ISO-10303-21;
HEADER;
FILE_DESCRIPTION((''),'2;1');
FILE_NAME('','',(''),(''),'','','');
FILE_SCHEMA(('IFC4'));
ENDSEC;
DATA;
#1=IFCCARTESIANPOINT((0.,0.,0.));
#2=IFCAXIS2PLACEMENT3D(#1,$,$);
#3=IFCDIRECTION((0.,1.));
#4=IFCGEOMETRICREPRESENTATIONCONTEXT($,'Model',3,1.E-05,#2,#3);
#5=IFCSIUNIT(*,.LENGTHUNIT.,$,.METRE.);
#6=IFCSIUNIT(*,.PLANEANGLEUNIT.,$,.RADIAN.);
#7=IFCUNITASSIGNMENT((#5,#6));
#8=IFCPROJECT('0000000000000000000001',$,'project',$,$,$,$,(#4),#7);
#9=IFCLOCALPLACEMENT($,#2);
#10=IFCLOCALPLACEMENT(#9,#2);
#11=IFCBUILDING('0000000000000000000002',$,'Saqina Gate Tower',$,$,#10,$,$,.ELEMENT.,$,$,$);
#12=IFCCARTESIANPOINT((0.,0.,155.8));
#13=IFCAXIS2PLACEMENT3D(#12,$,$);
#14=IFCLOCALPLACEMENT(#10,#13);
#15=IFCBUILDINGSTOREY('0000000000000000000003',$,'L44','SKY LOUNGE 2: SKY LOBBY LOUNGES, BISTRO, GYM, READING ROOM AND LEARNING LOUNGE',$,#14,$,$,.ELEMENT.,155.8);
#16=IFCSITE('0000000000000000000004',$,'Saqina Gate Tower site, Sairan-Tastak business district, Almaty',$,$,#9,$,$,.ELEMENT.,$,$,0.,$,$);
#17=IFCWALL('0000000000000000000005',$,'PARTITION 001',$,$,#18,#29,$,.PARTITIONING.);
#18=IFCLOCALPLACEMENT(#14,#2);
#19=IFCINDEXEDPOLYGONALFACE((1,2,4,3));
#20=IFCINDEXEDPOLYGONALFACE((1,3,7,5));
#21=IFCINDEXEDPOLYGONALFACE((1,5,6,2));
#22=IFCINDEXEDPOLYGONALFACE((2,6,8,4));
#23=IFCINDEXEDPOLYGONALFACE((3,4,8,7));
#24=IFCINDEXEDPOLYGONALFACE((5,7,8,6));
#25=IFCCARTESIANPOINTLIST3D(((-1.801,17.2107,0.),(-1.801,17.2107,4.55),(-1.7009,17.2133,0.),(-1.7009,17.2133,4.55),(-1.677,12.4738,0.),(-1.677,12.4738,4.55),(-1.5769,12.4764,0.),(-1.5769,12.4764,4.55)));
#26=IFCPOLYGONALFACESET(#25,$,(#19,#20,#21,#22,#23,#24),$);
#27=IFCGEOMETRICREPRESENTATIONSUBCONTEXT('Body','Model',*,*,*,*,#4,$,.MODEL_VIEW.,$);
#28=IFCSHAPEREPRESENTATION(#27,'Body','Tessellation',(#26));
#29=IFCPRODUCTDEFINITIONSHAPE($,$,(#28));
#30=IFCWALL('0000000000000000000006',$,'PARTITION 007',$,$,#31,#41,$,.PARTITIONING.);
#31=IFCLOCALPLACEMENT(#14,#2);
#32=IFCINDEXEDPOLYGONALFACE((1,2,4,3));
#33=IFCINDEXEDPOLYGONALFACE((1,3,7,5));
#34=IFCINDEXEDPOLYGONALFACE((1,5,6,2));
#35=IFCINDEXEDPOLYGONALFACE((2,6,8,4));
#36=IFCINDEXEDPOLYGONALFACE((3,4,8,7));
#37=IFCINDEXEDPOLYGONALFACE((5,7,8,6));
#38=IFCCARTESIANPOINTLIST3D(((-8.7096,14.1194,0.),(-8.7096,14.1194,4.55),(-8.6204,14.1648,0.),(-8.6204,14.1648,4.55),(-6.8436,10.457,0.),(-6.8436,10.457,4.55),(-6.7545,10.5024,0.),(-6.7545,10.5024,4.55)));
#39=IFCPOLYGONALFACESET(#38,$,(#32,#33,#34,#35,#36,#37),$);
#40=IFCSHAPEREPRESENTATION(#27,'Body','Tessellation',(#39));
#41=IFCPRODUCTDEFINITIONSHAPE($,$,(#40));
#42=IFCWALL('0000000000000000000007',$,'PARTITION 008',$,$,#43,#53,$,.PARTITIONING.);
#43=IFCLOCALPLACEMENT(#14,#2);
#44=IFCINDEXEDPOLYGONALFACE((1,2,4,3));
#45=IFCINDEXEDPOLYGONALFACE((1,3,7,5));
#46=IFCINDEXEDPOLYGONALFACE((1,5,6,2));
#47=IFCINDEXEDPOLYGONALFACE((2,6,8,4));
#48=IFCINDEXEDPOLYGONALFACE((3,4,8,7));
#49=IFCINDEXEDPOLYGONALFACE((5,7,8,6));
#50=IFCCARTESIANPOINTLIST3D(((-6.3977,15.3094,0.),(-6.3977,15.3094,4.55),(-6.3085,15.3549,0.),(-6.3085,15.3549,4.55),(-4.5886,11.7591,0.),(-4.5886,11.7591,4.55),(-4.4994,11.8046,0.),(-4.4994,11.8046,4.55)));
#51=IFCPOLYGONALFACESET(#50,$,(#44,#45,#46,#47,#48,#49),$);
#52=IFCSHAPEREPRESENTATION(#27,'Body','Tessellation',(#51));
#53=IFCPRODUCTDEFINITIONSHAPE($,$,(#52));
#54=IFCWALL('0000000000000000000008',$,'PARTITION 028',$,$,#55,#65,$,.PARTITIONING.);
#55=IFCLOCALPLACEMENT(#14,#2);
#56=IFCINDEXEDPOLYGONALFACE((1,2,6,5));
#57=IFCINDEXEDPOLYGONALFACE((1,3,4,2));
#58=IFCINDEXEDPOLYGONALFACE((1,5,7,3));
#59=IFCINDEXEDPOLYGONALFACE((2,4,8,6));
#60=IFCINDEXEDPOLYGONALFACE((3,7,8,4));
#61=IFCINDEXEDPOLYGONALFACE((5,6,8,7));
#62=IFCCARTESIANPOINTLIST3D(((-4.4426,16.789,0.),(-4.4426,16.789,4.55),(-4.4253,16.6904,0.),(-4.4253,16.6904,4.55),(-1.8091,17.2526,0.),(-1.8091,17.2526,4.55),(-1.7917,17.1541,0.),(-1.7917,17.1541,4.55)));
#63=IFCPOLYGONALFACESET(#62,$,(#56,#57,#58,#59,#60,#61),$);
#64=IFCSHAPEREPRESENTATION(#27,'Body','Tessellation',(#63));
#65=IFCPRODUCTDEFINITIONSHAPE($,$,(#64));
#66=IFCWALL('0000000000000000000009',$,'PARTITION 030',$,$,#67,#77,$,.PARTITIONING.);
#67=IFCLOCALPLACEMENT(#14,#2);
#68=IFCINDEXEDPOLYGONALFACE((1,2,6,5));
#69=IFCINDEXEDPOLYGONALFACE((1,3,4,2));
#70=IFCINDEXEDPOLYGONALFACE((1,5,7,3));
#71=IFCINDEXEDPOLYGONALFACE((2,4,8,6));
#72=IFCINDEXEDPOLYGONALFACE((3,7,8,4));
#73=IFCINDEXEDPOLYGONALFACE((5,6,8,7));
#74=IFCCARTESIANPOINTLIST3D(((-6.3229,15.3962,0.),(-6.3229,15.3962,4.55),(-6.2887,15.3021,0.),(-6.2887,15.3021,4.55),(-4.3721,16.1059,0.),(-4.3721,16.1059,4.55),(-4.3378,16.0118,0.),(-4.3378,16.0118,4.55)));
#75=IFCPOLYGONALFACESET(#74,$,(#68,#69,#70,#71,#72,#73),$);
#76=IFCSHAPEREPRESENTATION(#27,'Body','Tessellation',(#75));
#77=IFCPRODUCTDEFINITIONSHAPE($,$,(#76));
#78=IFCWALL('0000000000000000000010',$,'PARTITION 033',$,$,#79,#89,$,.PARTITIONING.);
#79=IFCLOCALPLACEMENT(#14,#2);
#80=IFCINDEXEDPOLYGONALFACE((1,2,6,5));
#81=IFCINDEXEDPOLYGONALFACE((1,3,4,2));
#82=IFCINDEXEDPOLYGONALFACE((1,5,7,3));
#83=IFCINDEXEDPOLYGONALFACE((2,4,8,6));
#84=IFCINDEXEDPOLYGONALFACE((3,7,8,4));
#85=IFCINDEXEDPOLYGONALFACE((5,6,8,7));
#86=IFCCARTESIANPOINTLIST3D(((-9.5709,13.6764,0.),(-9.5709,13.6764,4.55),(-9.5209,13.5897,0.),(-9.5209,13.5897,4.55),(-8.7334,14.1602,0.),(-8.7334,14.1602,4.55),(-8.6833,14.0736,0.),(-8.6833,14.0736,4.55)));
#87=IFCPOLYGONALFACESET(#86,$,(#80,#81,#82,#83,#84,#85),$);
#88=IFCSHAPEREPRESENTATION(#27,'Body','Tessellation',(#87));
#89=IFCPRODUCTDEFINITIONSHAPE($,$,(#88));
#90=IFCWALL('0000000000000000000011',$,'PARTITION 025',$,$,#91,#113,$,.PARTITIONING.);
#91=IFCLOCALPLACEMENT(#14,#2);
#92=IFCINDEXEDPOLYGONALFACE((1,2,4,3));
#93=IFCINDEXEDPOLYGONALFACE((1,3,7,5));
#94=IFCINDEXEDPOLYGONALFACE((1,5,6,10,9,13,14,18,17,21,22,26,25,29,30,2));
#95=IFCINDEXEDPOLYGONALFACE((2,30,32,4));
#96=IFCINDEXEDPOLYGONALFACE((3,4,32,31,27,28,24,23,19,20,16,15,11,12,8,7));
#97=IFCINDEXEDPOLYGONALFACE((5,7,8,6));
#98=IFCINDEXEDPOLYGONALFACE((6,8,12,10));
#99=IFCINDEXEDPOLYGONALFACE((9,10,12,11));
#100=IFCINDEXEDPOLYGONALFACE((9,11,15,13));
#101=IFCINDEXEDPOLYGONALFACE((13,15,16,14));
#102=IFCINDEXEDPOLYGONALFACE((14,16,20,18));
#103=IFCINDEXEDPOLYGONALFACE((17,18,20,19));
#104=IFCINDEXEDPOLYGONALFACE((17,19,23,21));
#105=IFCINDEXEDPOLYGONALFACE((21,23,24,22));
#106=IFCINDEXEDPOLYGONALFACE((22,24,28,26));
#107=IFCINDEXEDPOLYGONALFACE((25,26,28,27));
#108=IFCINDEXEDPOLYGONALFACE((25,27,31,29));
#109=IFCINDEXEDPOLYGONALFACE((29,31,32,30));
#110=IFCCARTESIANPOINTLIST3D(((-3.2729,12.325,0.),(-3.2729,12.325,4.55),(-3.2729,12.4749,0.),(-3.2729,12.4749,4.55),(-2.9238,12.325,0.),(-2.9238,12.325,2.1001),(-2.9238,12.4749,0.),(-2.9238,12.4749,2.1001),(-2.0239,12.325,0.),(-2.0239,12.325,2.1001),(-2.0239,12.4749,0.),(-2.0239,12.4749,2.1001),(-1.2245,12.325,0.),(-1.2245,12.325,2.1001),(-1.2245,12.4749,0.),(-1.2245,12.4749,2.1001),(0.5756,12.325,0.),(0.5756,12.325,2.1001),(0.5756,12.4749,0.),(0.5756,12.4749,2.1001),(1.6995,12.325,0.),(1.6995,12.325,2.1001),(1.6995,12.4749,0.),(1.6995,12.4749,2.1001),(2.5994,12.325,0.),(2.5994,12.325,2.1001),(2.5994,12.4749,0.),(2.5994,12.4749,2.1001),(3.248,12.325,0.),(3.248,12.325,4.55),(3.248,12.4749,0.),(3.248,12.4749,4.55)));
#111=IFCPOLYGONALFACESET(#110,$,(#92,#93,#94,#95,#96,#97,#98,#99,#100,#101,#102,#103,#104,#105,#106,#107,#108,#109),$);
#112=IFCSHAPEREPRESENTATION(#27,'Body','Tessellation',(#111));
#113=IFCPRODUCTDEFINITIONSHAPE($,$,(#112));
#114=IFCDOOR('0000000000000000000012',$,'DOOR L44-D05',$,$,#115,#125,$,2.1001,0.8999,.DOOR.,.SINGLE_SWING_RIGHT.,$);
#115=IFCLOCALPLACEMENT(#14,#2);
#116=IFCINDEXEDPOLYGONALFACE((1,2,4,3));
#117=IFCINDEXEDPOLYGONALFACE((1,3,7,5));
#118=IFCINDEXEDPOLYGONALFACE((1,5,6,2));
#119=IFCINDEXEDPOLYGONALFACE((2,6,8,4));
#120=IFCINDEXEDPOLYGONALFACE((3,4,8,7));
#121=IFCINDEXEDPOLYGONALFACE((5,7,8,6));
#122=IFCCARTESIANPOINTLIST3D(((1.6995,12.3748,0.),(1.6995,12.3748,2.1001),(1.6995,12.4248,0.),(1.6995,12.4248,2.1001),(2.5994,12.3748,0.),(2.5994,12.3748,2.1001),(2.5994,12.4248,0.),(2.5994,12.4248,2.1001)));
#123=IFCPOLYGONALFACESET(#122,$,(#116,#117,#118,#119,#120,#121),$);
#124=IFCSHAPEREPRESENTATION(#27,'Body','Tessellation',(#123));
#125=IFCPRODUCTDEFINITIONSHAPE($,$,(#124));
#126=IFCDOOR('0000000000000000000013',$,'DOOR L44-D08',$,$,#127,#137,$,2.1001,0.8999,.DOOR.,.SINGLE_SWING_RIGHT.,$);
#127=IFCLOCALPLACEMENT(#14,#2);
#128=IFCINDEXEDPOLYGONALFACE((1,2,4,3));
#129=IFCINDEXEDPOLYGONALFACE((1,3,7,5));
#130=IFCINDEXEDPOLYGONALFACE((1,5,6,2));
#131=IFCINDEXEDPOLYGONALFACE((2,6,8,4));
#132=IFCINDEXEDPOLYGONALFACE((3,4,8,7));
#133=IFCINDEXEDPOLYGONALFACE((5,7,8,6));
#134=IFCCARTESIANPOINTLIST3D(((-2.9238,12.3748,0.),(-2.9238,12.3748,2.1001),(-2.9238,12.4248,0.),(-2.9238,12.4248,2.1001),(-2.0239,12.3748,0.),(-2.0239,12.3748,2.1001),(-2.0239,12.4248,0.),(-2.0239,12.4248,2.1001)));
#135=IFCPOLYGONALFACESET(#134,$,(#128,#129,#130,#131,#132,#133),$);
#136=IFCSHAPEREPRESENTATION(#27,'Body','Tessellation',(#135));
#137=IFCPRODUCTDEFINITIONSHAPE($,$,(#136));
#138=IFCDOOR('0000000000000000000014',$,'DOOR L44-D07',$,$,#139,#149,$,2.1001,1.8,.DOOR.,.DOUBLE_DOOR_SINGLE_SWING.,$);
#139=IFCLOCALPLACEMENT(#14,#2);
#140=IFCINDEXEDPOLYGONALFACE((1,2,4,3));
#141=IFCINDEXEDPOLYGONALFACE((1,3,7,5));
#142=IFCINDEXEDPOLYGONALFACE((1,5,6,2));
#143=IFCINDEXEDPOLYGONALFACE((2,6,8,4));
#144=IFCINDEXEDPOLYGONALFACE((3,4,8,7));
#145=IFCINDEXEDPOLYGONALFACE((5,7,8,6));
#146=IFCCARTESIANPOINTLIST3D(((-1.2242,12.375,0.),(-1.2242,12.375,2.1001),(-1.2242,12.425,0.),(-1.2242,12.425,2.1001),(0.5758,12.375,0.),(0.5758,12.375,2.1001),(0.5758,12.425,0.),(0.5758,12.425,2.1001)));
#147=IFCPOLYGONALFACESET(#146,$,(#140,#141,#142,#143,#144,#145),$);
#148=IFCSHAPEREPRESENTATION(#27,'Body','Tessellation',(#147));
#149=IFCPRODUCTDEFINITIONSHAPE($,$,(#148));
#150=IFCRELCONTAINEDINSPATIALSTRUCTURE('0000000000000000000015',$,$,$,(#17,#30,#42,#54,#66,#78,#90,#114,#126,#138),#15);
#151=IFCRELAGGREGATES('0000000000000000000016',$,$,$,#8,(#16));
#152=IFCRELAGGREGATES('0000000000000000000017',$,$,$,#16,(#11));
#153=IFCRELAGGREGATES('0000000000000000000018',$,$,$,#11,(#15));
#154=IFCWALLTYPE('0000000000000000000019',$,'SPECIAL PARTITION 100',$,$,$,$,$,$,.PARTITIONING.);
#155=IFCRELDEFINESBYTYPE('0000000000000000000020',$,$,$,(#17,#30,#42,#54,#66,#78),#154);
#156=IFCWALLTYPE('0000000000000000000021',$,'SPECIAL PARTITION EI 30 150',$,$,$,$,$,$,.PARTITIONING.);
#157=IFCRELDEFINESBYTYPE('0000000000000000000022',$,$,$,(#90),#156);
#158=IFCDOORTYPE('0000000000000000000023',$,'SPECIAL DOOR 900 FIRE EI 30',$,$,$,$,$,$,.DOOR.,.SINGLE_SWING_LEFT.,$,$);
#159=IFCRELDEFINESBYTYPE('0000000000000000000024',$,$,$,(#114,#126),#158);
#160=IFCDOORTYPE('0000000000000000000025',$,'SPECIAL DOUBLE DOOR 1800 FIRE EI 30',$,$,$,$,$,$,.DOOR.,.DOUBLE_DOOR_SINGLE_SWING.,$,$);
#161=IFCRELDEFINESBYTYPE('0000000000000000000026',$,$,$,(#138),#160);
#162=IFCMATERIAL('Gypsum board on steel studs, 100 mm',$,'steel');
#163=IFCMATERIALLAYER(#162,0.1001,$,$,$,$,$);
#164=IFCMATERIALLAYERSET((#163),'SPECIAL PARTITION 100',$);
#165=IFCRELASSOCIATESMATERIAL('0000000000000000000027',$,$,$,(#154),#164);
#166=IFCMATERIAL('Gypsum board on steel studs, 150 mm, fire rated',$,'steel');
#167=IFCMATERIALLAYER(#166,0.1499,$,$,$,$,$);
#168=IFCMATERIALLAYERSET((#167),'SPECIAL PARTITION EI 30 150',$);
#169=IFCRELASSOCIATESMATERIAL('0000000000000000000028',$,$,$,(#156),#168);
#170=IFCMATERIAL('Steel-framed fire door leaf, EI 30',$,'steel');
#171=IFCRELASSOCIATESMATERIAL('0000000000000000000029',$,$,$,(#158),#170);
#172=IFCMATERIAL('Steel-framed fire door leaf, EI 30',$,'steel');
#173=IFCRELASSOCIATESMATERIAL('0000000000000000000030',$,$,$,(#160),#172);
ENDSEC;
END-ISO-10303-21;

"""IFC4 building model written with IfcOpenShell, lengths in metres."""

from ifc_helpers import new_model, si_unit, direction, frame, frame_2d, origin, place, context, subcontext, project, spatial, rectangle, extrude, material, layer, layer_set, type_object, element, fill, save


model = new_model("IFC4")

# Units and contexts
model_context = context("Model", 3, precision=1e-05, world=origin(), true_north=direction((0.0, 1.0)))
body_context = subcontext(model_context, "Body", "Model", "MODEL_VIEW")
ifc_project = project(units=[si_unit("LENGTHUNIT", "METRE"), si_unit("PLANEANGLEUNIT", "RADIAN")], contexts=[model_context])

# Site, building, storey
site_placement = place(None, origin())
site = spatial("IfcSite", under=ifc_project, at=site_placement, Name="Saqina Gate Tower site, Sairan-Tastak business district, Almaty", CompositionType="ELEMENT", RefElevation=0.0)
building_placement = place(site_placement, origin())
building = spatial("IfcBuilding", under=site, at=building_placement, Name="Saqina Gate Tower", CompositionType="ELEMENT")
storey_placement = place(building_placement, frame((0.0, 0.0, 155.8)))
storey = spatial("IfcBuildingStorey", under=building, at=storey_placement, Name="L44", Description="SKY LOUNGE 2: SKY LOBBY LOUNGES, BISTRO, GYM, READING ROOM AND LEARNING LOUNGE", CompositionType="ELEMENT", Elevation=155.8)

# Walls
ifc_material_1 = material(Name="Gypsum board on steel studs, 100 mm", Category="steel")
ifc_layer_1 = layer(ifc_material_1, 0.1001)
ifc_layer_set_1 = layer_set([ifc_layer_1], Name="SPECIAL PARTITION 100")
wall_type_1 = type_object("IfcWallType", Name="SPECIAL PARTITION 100", PredefinedType="PARTITIONING", material=ifc_layer_set_1)
wall_1_placement = place(storey_placement, frame((-1.751, 17.2119, 0.0), z_axis=(0.0, 0.0, 1.0), x_axis=(0.026174, -0.999657, 0.0)))
element("IfcWall", 1, at=wall_1_placement, inside=storey, type_object=wall_type_1, Name="PARTITION 001", PredefinedType="PARTITIONING", context=body_context, shape_type="SweptSolid", body=[
    extrude(rectangle(XDim=4.7385, YDim=0.1001, at=frame_2d((2.3691, 0.0))), origin(), (0.0, 0.0, 1.0), 4.55),
])
wall_2_placement = place(storey_placement, frame((-8.665, 14.1421, 0.0), z_axis=(0.0, 0.0, 1.0), x_axis=(0.453972, -0.891016, 0.0)))
element("IfcWall", 2, at=wall_2_placement, inside=storey, type_object=wall_type_1, Name="PARTITION 007", PredefinedType="PARTITIONING", context=body_context, shape_type="SweptSolid", body=[
    extrude(rectangle(XDim=4.1104, YDim=0.1001, at=frame_2d((2.0552, 0.0))), origin(), (0.0, 0.0, 1.0), 4.55),
])
wall_3_placement = place(storey_placement, frame((-6.353, 15.332, 0.0), z_axis=(0.0, 0.0, 1.0), x_axis=(0.454014, -0.890995, 0.0)))
element("IfcWall", 3, at=wall_3_placement, inside=storey, type_object=wall_type_1, Name="PARTITION 008", PredefinedType="PARTITIONING", context=body_context, shape_type="SweptSolid", body=[
    extrude(rectangle(XDim=3.9846, YDim=0.1001, at=frame_2d((1.9922, 0.0))), origin(), (0.0, 0.0, 1.0), 4.55),
])
wall_4_placement = place(storey_placement, frame((-4.4338, 16.7397, 0.0), z_axis=(0.0, 0.0, 1.0), x_axis=(0.984855, 0.173379, 0.0)))
element("IfcWall", 4, at=wall_4_placement, inside=storey, type_object=wall_type_1, Name="PARTITION 028", PredefinedType="PARTITIONING", context=body_context, shape_type="SweptSolid", body=[
    extrude(rectangle(XDim=2.6741, YDim=0.1001, at=frame_2d((1.3369, 0.0))), origin(), (0.0, 0.0, 1.0), 4.55),
])
wall_5_placement = place(storey_placement, frame((-6.3059, 15.3491, 0.0), z_axis=(0.0, 0.0, 1.0), x_axis=(0.939749, 0.341866, 0.0)))
element("IfcWall", 5, at=wall_5_placement, inside=storey, type_object=wall_type_1, Name="PARTITION 030", PredefinedType="PARTITIONING", context=body_context, shape_type="SweptSolid", body=[
    extrude(rectangle(XDim=2.0759, YDim=0.1001, at=frame_2d((1.0381, 0.0))), origin(), (0.0, 0.0, 1.0), 4.55),
])
wall_6_placement = place(storey_placement, frame((-9.5459, 13.6331, 0.0), z_axis=(0.0, 0.0, 1.0), x_axis=(0.865904, 0.50021, 0.0)))
element("IfcWall", 6, at=wall_6_placement, inside=storey, type_object=wall_type_1, Name="PARTITION 033", PredefinedType="PARTITIONING", context=body_context, shape_type="SweptSolid", body=[
    extrude(rectangle(XDim=0.9673, YDim=0.1001, at=frame_2d((0.4836, 0.0))), origin(), (0.0, 0.0, 1.0), 4.55),
])

# Wall, openings, doors
ifc_material_2 = material(Name="Gypsum board on steel studs, 150 mm, fire rated", Category="steel")
ifc_layer_2 = layer(ifc_material_2, 0.1499)
ifc_layer_set_2 = layer_set([ifc_layer_2], Name="SPECIAL PARTITION EI 30 150")
wall_type_2 = type_object("IfcWallType", Name="SPECIAL PARTITION EI 30 150", PredefinedType="PARTITIONING", material=ifc_layer_set_2)
wall_7_placement = place(storey_placement, frame((-3.2729, 12.3999, 0.0), z_axis=(0.0, 0.0, 1.0), x_axis=(1.0, 0.0, 0.0)))
wall_7 = element("IfcWall", 7, at=wall_7_placement, inside=storey, type_object=wall_type_2, Name="PARTITION 025", PredefinedType="PARTITIONING", context=body_context, shape_type="SweptSolid", body=[
    extrude(rectangle(XDim=6.521, YDim=0.1499, at=frame_2d((3.2605, 0.0))), origin(), (0.0, 0.0, 1.0), 4.55),
])
opening_1_placement = place(wall_7_placement, frame((4.9724, 0.0, 0.0)))
opening_1 = element("IfcOpeningElement", 8, at=opening_1_placement, cuts=wall_7, PredefinedType="OPENING", context=body_context, shape_type="SweptSolid", body=[
    extrude(rectangle(XDim=0.8999, YDim=2.1001, at=frame_2d((0.45, 1.05))), frame((0.0, 0.0869, 0.0), z_axis=(0.0, -1.0, 0.0), x_axis=(1.0, 0.0, 0.0)), (0.0, 0.0, 1.0), 0.1738),
])
opening_2_placement = place(wall_7_placement, frame((2.0486, 0.0, 0.0)))
opening_2 = element("IfcOpeningElement", 9, at=opening_2_placement, cuts=wall_7, PredefinedType="OPENING", context=body_context, shape_type="SweptSolid", body=[
    extrude(rectangle(XDim=1.8, YDim=2.1001, at=frame_2d((0.8999, 1.05))), frame((0.0, 0.0869, 0.0), z_axis=(0.0, -1.0, 0.0), x_axis=(1.0, 0.0, 0.0)), (0.0, 0.0, 1.0), 0.1738),
])
opening_3_placement = place(wall_7_placement, frame((0.3491, 0.0, 0.0)))
opening_3 = element("IfcOpeningElement", 10, at=opening_3_placement, cuts=wall_7, PredefinedType="OPENING", context=body_context, shape_type="SweptSolid", body=[
    extrude(rectangle(XDim=0.8999, YDim=2.1001, at=frame_2d((0.45, 1.05))), frame((0.0, 0.0869, 0.0), z_axis=(0.0, -1.0, 0.0), x_axis=(1.0, 0.0, 0.0)), (0.0, 0.0, 1.0), 0.1738),
])
ifc_material_3 = material(Name="Steel-framed fire door leaf, EI 30", Category="steel")
door_type_1 = type_object("IfcDoorType", Name="SPECIAL DOOR 900 FIRE EI 30", OperationType="SINGLE_SWING_LEFT", PredefinedType="DOOR", material=ifc_material_3)
door_1_placement = place(opening_1_placement, origin())
door_1 = element("IfcDoor", 11, at=door_1_placement, inside=storey, type_object=door_type_1, Name="DOOR L44-D05", OperationType="SINGLE_SWING_RIGHT", OverallHeight=2.1001, OverallWidth=0.8999, PredefinedType="DOOR", context=body_context, shape_type="SweptSolid", body=[
    extrude(rectangle(XDim=0.8999, YDim=2.1001, at=frame_2d((0.45, 1.05))), frame((0.0, 0.0249, 0.0), z_axis=(0.0, -1.0, 0.0), x_axis=(1.0, 0.0, 0.0)), (0.0, 0.0, 1.0), 0.05),
])
fill(opening_1, door_1)
door_2_placement = place(opening_3_placement, origin())
door_2 = element("IfcDoor", 12, at=door_2_placement, inside=storey, type_object=door_type_1, Name="DOOR L44-D08", OperationType="SINGLE_SWING_RIGHT", OverallHeight=2.1001, OverallWidth=0.8999, PredefinedType="DOOR", context=body_context, shape_type="SweptSolid", body=[
    extrude(rectangle(XDim=0.8999, YDim=2.1001, at=frame_2d((0.45, 1.05))), frame((0.0, 0.0249, 0.0), z_axis=(0.0, -1.0, 0.0), x_axis=(1.0, 0.0, 0.0)), (0.0, 0.0, 1.0), 0.05),
])
fill(opening_3, door_2)
ifc_material_4 = material(Name="Steel-framed fire door leaf, EI 30", Category="steel")
door_type_2 = type_object("IfcDoorType", Name="SPECIAL DOUBLE DOOR 1800 FIRE EI 30", OperationType="DOUBLE_DOOR_SINGLE_SWING", PredefinedType="DOOR", material=ifc_material_4)
door_3_placement = place(opening_2_placement, frame((1.8, 0.0, 0.0), z_axis=(0.0, 0.0, 1.0), x_axis=(-1.0, 0.0, 0.0)))
door_3 = element("IfcDoor", 13, at=door_3_placement, inside=storey, type_object=door_type_2, Name="DOOR L44-D07", OperationType="DOUBLE_DOOR_SINGLE_SWING", OverallHeight=2.1001, OverallWidth=1.8, PredefinedType="DOOR", context=body_context, shape_type="SweptSolid", body=[
    extrude(rectangle(XDim=1.8, YDim=2.1001, at=frame_2d((0.8999, 1.05))), frame((0.0, 0.0249, 0.0), z_axis=(0.0, -1.0, 0.0), x_axis=(1.0, 0.0, 0.0)), (0.0, 0.0, 1.0), 0.05),
])
fill(opening_2, door_3)

save(model, "model.ifc")
